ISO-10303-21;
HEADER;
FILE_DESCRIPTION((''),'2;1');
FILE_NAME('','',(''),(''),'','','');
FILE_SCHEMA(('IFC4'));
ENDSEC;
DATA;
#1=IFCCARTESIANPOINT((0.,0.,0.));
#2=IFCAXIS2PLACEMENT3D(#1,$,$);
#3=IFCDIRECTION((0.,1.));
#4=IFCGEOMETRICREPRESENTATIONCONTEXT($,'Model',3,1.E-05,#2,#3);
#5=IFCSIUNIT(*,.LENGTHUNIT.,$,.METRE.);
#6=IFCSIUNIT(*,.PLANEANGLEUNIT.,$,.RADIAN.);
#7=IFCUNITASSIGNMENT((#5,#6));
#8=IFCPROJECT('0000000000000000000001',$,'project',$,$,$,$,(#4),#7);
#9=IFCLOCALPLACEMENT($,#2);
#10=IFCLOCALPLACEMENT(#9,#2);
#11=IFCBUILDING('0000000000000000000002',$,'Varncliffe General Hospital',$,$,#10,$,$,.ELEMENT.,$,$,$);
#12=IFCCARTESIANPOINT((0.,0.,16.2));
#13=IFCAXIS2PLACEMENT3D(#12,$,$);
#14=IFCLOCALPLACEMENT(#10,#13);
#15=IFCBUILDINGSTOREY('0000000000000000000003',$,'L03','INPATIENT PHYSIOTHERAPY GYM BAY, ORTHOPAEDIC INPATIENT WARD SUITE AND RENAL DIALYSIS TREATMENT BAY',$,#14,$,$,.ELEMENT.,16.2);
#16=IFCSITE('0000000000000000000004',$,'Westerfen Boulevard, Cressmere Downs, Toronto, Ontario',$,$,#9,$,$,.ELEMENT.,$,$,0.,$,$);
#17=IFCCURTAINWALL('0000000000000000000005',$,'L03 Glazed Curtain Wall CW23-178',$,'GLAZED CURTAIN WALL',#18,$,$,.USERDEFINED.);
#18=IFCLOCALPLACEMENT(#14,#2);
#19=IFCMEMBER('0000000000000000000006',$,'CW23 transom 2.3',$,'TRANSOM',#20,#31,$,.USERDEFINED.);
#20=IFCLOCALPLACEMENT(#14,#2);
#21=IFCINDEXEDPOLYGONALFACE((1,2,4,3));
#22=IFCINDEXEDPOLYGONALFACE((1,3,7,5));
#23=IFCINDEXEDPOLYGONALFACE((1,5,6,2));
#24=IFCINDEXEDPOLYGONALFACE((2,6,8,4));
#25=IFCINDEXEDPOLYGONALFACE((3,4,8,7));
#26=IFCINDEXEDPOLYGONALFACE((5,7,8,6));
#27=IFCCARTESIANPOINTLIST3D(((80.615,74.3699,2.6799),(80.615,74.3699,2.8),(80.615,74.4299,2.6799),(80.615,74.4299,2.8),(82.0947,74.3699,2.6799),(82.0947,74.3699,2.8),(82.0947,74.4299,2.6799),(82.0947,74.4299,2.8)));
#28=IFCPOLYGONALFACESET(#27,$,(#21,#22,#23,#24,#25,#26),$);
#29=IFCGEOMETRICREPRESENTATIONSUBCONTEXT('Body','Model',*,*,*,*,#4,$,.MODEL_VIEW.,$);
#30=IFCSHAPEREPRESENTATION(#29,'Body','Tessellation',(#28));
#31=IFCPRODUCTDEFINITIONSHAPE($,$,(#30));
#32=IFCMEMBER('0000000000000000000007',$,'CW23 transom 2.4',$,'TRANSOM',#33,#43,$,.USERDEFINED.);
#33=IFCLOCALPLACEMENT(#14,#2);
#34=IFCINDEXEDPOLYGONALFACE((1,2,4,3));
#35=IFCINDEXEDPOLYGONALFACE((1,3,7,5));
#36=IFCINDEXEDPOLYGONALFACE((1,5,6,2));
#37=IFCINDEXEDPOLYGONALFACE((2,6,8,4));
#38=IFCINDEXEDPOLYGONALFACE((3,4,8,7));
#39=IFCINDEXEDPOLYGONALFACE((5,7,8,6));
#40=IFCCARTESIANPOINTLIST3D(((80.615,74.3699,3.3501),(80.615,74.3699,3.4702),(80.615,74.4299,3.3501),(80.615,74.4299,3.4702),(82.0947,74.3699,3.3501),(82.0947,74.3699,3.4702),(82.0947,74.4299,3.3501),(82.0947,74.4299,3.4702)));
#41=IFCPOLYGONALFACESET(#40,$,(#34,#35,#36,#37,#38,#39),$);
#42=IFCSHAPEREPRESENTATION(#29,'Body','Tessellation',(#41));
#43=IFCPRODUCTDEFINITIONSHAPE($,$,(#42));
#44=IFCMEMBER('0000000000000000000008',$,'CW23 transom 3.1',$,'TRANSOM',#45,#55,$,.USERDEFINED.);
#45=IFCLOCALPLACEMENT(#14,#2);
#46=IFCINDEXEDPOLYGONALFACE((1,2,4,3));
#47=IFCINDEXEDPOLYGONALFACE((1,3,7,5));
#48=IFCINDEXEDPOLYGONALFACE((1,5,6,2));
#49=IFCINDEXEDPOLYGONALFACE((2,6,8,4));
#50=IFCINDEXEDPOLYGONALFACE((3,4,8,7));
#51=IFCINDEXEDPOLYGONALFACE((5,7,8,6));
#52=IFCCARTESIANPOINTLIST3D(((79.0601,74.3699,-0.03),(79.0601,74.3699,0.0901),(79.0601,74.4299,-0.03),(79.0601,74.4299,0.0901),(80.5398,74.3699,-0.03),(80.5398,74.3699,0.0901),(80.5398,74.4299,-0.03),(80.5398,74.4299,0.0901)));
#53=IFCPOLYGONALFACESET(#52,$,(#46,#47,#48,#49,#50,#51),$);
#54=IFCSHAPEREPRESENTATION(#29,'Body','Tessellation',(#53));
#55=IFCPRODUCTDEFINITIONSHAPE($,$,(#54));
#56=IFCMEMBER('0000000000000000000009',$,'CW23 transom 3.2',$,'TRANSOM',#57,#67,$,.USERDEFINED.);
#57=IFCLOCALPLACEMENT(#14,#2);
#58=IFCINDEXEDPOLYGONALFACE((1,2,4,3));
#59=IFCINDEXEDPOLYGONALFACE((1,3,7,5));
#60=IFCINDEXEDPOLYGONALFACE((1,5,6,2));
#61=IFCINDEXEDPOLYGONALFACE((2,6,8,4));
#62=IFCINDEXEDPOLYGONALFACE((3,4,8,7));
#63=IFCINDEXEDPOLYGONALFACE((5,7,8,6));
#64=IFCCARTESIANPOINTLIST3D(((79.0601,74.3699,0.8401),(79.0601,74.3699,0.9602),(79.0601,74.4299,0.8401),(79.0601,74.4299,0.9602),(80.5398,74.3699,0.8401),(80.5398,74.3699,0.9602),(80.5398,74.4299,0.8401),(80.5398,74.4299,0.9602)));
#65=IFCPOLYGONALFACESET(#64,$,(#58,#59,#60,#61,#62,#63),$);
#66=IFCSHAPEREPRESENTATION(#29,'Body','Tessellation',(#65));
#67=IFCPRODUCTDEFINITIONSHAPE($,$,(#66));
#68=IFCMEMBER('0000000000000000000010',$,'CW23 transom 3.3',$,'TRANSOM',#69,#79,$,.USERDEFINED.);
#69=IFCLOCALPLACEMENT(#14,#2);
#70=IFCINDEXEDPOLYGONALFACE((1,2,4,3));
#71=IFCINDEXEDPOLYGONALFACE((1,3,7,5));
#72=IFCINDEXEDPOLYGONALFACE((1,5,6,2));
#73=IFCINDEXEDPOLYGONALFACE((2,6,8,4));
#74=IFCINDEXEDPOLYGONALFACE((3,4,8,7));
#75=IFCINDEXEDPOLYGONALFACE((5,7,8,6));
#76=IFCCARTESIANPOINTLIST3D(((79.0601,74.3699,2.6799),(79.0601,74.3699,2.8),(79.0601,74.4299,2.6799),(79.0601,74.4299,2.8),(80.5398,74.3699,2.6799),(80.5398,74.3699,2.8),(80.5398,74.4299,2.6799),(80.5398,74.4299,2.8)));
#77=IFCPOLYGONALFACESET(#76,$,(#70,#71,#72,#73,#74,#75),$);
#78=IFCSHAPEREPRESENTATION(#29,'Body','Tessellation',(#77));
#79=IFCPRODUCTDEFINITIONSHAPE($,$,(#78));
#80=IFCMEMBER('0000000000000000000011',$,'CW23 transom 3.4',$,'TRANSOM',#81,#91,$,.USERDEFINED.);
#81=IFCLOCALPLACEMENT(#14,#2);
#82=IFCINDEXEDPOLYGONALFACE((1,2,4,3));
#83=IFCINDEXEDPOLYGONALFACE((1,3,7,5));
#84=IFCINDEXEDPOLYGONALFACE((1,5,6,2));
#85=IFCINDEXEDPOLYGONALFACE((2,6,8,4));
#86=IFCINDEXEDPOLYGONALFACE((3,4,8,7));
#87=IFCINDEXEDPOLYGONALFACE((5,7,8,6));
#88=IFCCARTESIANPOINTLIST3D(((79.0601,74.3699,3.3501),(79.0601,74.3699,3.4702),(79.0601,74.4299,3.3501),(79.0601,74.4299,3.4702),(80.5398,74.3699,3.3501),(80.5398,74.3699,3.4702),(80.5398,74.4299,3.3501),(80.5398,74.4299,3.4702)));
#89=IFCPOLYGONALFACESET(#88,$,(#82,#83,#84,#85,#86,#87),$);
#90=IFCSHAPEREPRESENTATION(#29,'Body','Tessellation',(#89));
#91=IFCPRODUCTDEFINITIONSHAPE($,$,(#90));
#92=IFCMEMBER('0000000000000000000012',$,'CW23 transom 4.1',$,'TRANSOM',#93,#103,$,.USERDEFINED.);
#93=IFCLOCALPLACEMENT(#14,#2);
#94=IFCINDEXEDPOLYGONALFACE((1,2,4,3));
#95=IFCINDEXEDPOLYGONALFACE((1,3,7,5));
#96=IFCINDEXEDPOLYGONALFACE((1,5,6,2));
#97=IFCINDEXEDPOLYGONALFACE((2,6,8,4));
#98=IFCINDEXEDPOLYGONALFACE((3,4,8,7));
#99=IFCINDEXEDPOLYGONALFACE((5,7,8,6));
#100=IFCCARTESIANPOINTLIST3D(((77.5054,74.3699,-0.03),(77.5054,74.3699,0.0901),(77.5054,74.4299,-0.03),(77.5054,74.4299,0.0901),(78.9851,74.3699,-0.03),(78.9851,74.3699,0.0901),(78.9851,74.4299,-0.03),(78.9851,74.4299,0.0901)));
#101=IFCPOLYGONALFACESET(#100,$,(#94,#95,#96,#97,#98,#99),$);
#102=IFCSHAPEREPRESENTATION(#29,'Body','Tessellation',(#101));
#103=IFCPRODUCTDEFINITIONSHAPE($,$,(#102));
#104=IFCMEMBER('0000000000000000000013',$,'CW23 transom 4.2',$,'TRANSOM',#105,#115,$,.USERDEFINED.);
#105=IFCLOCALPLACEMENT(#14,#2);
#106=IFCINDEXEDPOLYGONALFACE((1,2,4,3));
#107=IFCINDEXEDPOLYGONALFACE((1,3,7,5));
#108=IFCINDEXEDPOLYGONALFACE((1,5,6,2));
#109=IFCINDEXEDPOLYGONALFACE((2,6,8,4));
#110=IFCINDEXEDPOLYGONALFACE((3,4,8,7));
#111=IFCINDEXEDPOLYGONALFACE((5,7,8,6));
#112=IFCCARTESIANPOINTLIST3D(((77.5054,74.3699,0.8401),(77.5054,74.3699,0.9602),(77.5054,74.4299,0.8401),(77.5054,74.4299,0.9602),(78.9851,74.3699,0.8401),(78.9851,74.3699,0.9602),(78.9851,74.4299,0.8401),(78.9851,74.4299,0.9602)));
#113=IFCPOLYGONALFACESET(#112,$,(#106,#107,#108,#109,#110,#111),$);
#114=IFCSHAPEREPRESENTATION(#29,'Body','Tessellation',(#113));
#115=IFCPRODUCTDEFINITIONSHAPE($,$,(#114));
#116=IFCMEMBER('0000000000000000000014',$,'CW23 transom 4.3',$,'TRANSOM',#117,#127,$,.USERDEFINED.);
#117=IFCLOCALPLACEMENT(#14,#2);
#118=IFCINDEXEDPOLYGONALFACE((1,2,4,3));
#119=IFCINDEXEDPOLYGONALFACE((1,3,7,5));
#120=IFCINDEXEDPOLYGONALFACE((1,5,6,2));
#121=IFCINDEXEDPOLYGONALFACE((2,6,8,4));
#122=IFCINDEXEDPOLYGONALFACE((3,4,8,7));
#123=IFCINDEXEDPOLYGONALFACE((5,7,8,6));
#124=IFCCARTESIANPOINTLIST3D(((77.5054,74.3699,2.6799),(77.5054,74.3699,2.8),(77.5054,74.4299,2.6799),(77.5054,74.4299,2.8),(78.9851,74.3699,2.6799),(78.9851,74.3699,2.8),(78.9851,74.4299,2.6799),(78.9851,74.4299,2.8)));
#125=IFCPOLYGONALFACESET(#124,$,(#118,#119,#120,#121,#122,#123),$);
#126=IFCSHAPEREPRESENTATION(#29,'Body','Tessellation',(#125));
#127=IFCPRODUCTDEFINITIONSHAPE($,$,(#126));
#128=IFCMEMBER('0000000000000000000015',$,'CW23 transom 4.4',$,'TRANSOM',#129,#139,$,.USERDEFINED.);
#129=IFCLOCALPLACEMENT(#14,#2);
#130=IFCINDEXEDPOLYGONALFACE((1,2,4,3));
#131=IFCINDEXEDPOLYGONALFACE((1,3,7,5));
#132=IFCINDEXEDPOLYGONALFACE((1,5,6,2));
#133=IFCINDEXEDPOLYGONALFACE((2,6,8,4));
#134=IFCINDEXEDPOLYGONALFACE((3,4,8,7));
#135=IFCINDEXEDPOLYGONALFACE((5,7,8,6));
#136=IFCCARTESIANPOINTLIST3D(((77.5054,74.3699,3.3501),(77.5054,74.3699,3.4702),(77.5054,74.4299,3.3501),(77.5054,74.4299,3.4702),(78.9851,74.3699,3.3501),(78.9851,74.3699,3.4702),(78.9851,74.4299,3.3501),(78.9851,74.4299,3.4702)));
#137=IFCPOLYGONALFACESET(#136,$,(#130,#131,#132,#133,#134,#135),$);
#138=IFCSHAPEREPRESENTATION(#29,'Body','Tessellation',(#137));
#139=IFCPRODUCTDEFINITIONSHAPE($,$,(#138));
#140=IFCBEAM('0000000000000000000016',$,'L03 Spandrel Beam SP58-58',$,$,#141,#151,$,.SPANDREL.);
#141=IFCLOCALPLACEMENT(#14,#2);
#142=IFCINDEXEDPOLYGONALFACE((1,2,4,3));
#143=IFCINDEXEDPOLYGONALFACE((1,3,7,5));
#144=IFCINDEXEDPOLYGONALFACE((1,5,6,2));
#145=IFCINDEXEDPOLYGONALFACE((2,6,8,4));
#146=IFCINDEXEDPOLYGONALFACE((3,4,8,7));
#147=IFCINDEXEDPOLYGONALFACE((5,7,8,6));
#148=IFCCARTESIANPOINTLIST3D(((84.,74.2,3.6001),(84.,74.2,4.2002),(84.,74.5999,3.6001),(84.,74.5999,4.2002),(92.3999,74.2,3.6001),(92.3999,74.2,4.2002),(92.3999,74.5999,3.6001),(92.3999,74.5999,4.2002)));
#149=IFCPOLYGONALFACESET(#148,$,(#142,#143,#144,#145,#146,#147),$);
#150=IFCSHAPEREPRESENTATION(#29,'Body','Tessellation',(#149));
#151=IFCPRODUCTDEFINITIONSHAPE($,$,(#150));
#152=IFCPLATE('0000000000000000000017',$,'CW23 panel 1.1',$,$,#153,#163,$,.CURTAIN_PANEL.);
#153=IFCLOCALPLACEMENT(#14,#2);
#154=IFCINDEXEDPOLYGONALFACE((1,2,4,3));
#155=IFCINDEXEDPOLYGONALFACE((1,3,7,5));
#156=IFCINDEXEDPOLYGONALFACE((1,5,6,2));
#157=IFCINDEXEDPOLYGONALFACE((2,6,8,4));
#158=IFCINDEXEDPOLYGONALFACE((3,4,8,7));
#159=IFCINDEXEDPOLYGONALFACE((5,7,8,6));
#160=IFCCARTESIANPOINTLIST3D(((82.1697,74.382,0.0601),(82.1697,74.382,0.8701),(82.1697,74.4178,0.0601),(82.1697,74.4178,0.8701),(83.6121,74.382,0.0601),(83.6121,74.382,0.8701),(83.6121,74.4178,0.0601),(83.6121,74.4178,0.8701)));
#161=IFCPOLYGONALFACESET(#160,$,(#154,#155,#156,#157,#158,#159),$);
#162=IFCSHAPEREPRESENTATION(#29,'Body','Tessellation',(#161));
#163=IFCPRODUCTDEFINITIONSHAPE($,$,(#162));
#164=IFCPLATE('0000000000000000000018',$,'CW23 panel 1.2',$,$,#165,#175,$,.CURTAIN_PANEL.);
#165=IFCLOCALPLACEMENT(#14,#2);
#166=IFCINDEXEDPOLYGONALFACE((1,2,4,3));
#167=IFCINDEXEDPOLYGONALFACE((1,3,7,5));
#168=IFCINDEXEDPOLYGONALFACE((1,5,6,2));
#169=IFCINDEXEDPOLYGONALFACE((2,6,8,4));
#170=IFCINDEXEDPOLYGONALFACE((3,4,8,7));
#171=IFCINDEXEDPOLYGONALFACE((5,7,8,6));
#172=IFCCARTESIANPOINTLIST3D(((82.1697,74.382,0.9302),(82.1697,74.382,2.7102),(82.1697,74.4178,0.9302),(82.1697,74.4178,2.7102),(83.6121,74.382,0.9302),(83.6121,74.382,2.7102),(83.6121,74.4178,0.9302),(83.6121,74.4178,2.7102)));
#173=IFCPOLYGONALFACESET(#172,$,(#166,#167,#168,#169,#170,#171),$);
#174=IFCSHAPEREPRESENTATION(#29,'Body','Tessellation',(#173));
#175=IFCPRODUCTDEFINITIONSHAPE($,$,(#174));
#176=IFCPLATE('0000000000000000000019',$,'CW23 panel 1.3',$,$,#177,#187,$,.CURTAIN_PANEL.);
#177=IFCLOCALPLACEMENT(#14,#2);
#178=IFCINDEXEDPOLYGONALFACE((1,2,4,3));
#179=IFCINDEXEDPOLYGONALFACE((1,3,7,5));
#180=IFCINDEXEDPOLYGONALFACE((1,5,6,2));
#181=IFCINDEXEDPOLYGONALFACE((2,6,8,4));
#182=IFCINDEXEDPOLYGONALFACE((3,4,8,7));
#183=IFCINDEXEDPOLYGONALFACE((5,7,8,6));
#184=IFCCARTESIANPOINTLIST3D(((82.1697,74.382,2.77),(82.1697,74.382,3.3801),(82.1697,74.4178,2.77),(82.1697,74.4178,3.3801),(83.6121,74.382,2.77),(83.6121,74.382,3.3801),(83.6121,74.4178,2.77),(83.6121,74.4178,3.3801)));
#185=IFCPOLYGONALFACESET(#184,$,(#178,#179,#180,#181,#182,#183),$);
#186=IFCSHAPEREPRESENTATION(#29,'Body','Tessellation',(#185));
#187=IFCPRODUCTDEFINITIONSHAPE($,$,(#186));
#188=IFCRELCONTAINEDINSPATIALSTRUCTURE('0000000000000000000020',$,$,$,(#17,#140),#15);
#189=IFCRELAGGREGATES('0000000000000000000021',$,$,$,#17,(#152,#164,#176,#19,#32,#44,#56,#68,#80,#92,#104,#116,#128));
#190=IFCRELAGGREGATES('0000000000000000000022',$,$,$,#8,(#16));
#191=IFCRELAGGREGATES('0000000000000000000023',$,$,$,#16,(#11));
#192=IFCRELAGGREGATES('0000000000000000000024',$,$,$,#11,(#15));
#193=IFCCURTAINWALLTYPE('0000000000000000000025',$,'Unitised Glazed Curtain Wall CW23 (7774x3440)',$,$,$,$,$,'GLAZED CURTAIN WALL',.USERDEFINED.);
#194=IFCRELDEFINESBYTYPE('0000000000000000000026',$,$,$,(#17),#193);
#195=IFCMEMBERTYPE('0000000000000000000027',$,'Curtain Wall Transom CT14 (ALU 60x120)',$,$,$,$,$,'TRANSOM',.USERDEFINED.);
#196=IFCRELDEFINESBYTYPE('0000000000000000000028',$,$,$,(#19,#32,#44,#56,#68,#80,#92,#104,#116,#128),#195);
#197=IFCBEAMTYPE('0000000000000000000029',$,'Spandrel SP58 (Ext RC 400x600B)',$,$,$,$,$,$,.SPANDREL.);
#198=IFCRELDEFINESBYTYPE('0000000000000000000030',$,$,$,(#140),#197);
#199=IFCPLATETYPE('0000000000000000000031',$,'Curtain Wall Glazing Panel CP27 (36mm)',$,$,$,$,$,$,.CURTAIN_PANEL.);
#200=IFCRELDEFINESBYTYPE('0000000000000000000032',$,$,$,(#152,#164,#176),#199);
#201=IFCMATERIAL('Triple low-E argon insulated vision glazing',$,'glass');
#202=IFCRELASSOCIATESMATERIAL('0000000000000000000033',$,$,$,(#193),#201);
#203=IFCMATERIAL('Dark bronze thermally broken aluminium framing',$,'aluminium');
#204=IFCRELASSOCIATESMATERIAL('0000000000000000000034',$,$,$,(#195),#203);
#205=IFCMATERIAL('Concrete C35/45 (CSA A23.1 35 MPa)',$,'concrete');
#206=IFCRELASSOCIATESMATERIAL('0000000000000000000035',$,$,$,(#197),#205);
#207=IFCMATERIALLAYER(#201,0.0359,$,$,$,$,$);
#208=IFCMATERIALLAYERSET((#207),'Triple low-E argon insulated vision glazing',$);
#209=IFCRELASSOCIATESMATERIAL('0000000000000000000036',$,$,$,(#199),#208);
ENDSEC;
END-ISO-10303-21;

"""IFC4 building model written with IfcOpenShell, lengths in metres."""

from ifc_helpers import new_model, si_unit, direction, frame, origin, origin_2d, place, context, subcontext, project, spatial, rectangle, extrude, material, layer, layer_set, material_profile, profile_set, type_object, element, aggregate, save


model = new_model("IFC4")

# Units and contexts
model_context = context("Model", 3, precision=1e-05, world=origin(), true_north=direction((0.0, 1.0)))
body_context = subcontext(model_context, "Body", "Model", "MODEL_VIEW")
ifc_project = project(units=[si_unit("LENGTHUNIT", "METRE"), si_unit("PLANEANGLEUNIT", "RADIAN")], contexts=[model_context])

# Site, building, storey
site_placement = place(None, origin())
site = spatial("IfcSite", under=ifc_project, at=site_placement, Name="Westerfen Boulevard, Cressmere Downs, Toronto, Ontario", CompositionType="ELEMENT", RefElevation=0.0)
building_placement = place(site_placement, origin())
building = spatial("IfcBuilding", under=site, at=building_placement, Name="Varncliffe General Hospital", CompositionType="ELEMENT")
storey_placement = place(building_placement, frame((0.0, 0.0, 16.2)))
storey = spatial("IfcBuildingStorey", under=building, at=storey_placement, Name="L03", Description="INPATIENT PHYSIOTHERAPY GYM BAY, ORTHOPAEDIC INPATIENT WARD SUITE AND RENAL DIALYSIS TREATMENT BAY", CompositionType="ELEMENT", Elevation=16.2)

# Shared definitions
ifc_material_1 = material(Name="Concrete C35/45 (CSA A23.1 35 MPa)", Category="concrete")

# Curtain wall
ifc_material_2 = material(Name="Triple low-E argon insulated vision glazing", Category="glass")
curtain_wall_type_1 = type_object("IfcCurtainWallType", Name="Unitised Glazed Curtain Wall CW23 (7774x3440)", ElementType="GLAZED CURTAIN WALL", PredefinedType="USERDEFINED", material=ifc_material_2)
curtain_wall_1_placement = place(storey_placement, origin())
curtain_wall_1 = element("IfcCurtainWall", 1, at=curtain_wall_1_placement, inside=storey, type_object=curtain_wall_type_1, Name="L03 Glazed Curtain Wall CW23-178", ObjectType="GLAZED CURTAIN WALL", PredefinedType="USERDEFINED")
ifc_material_3 = material(Name="Dark bronze thermally broken aluminium framing", Category="aluminium")

# Members
ifc_material_profile_1 = material_profile(ifc_material_3, rectangle(XDim=0.0601, YDim=0.1201, at=origin_2d()), Name="ALU 60x120")
ifc_profile_set_1 = profile_set([ifc_material_profile_1], Name="Dark bronze thermally broken aluminium framing")
member_type_1 = type_object("IfcMemberType", Name="Curtain Wall Transom CT14 (ALU 60x120)", ElementType="TRANSOM", PredefinedType="USERDEFINED", material=ifc_profile_set_1)
member_1_placement = place(storey_placement, frame((82.0947, 74.3999, 2.74), z_axis=(-1.0, 0.0, 0.0), x_axis=(0.0, -1.0, 0.0)))
member_1 = element("IfcMember", 2, at=member_1_placement, type_object=member_type_1, Name="CW23 transom 2.3", ObjectType="TRANSOM", PredefinedType="USERDEFINED", context=body_context, shape_type="SweptSolid", body=[
    extrude(rectangle(XDim=0.0601, YDim=0.1201, at=origin_2d()), origin(), (0.0, 0.0, 1.0), 1.4797),
])
member_2_placement = place(storey_placement, frame((82.0947, 74.3999, 3.4102), z_axis=(-1.0, 0.0, 0.0), x_axis=(0.0, -1.0, 0.0)))
member_2 = element("IfcMember", 3, at=member_2_placement, type_object=member_type_1, Name="CW23 transom 2.4", ObjectType="TRANSOM", PredefinedType="USERDEFINED", context=body_context, shape_type="SweptSolid", body=[
    extrude(rectangle(XDim=0.0601, YDim=0.1201, at=origin_2d()), origin(), (0.0, 0.0, 1.0), 1.4797),
])
member_3_placement = place(storey_placement, frame((80.5398, 74.3999, 0.03), z_axis=(-1.0, 0.0, 0.0), x_axis=(0.0, -1.0, 0.0)))
member_3 = element("IfcMember", 4, at=member_3_placement, type_object=member_type_1, Name="CW23 transom 3.1", ObjectType="TRANSOM", PredefinedType="USERDEFINED", context=body_context, shape_type="SweptSolid", body=[
    extrude(rectangle(XDim=0.0601, YDim=0.1201, at=origin_2d()), origin(), (0.0, 0.0, 1.0), 1.4797),
])
member_4_placement = place(storey_placement, frame((80.5398, 74.3999, 0.9001), z_axis=(-1.0, 0.0, 0.0), x_axis=(0.0, -1.0, 0.0)))
member_4 = element("IfcMember", 5, at=member_4_placement, type_object=member_type_1, Name="CW23 transom 3.2", ObjectType="TRANSOM", PredefinedType="USERDEFINED", context=body_context, shape_type="SweptSolid", body=[
    extrude(rectangle(XDim=0.0601, YDim=0.1201, at=origin_2d()), origin(), (0.0, 0.0, 1.0), 1.4797),
])
member_5_placement = place(storey_placement, frame((80.5398, 74.3999, 2.74), z_axis=(-1.0, 0.0, 0.0), x_axis=(0.0, -1.0, 0.0)))
member_5 = element("IfcMember", 6, at=member_5_placement, type_object=member_type_1, Name="CW23 transom 3.3", ObjectType="TRANSOM", PredefinedType="USERDEFINED", context=body_context, shape_type="SweptSolid", body=[
    extrude(rectangle(XDim=0.0601, YDim=0.1201, at=origin_2d()), origin(), (0.0, 0.0, 1.0), 1.4797),
])
member_6_placement = place(storey_placement, frame((80.5398, 74.3999, 3.4102), z_axis=(-1.0, 0.0, 0.0), x_axis=(0.0, -1.0, 0.0)))
member_6 = element("IfcMember", 7, at=member_6_placement, type_object=member_type_1, Name="CW23 transom 3.4", ObjectType="TRANSOM", PredefinedType="USERDEFINED", context=body_context, shape_type="SweptSolid", body=[
    extrude(rectangle(XDim=0.0601, YDim=0.1201, at=origin_2d()), origin(), (0.0, 0.0, 1.0), 1.4797),
])
member_7_placement = place(storey_placement, frame((78.9851, 74.3999, 0.03), z_axis=(-1.0, 0.0, 0.0), x_axis=(0.0, -1.0, 0.0)))
member_7 = element("IfcMember", 8, at=member_7_placement, type_object=member_type_1, Name="CW23 transom 4.1", ObjectType="TRANSOM", PredefinedType="USERDEFINED", context=body_context, shape_type="SweptSolid", body=[
    extrude(rectangle(XDim=0.0601, YDim=0.1201, at=origin_2d()), origin(), (0.0, 0.0, 1.0), 1.4797),
])
member_8_placement = place(storey_placement, frame((78.9851, 74.3999, 0.9001), z_axis=(-1.0, 0.0, 0.0), x_axis=(0.0, -1.0, 0.0)))
member_8 = element("IfcMember", 9, at=member_8_placement, type_object=member_type_1, Name="CW23 transom 4.2", ObjectType="TRANSOM", PredefinedType="USERDEFINED", context=body_context, shape_type="SweptSolid", body=[
    extrude(rectangle(XDim=0.0601, YDim=0.1201, at=origin_2d()), origin(), (0.0, 0.0, 1.0), 1.4797),
])
member_9_placement = place(storey_placement, frame((78.9851, 74.3999, 2.74), z_axis=(-1.0, 0.0, 0.0), x_axis=(0.0, -1.0, 0.0)))
member_9 = element("IfcMember", 10, at=member_9_placement, type_object=member_type_1, Name="CW23 transom 4.3", ObjectType="TRANSOM", PredefinedType="USERDEFINED", context=body_context, shape_type="SweptSolid", body=[
    extrude(rectangle(XDim=0.0601, YDim=0.1201, at=origin_2d()), origin(), (0.0, 0.0, 1.0), 1.4797),
])
member_10_placement = place(storey_placement, frame((78.9851, 74.3999, 3.4102), z_axis=(-1.0, 0.0, 0.0), x_axis=(0.0, -1.0, 0.0)))
member_10 = element("IfcMember", 11, at=member_10_placement, type_object=member_type_1, Name="CW23 transom 4.4", ObjectType="TRANSOM", PredefinedType="USERDEFINED", context=body_context, shape_type="SweptSolid", body=[
    extrude(rectangle(XDim=0.0601, YDim=0.1201, at=origin_2d()), origin(), (0.0, 0.0, 1.0), 1.4797),
])

# Beam
ifc_material_profile_2 = material_profile(ifc_material_1, rectangle(XDim=0.3999, YDim=0.6001, at=origin_2d()), Name="RC 400x600")
ifc_profile_set_2 = profile_set([ifc_material_profile_2], Name="Concrete C35/45 (CSA A23.1 35 MPa)")
beam_type_1 = type_object("IfcBeamType", Name="Spandrel SP58 (Ext RC 400x600B)", PredefinedType="SPANDREL", material=ifc_profile_set_2)
beam_1_placement = place(storey_placement, frame((84.0, 74.3999, 3.9001), z_axis=(1.0, 0.0, 0.0), x_axis=(0.0, 1.0, 0.0)))
element("IfcBeam", 12, at=beam_1_placement, inside=storey, type_object=beam_type_1, Name="L03 Spandrel Beam SP58-58", PredefinedType="SPANDREL", context=body_context, shape_type="SweptSolid", body=[
    extrude(rectangle(XDim=0.3999, YDim=0.6001, at=origin_2d()), origin(), (0.0, 0.0, 1.0), 8.3999),
])

# Plates
ifc_layer_1 = layer(ifc_material_2, 0.0359)
ifc_layer_set_1 = layer_set([ifc_layer_1], Name="Triple low-E argon insulated vision glazing")
plate_type_1 = type_object("IfcPlateType", Name="Curtain Wall Glazing Panel CP27 (36mm)", PredefinedType="CURTAIN_PANEL", material=ifc_layer_set_1)
plate_1_placement = place(storey_placement, frame((82.8909, 74.3999, 0.0601), z_axis=(0.0, 0.0, 1.0), x_axis=(-1.0, 0.0, 0.0)))
plate_1 = element("IfcPlate", 13, at=plate_1_placement, type_object=plate_type_1, Name="CW23 panel 1.1", PredefinedType="CURTAIN_PANEL", context=body_context, shape_type="SweptSolid", body=[
    extrude(rectangle(XDim=1.4424, YDim=0.0359, at=origin_2d()), origin(), (0.0, 0.0, 1.0), 0.8101),
])
plate_2_placement = place(storey_placement, frame((82.8909, 74.3999, 0.9302), z_axis=(0.0, 0.0, 1.0), x_axis=(-1.0, 0.0, 0.0)))
plate_2 = element("IfcPlate", 14, at=plate_2_placement, type_object=plate_type_1, Name="CW23 panel 1.2", PredefinedType="CURTAIN_PANEL", context=body_context, shape_type="SweptSolid", body=[
    extrude(rectangle(XDim=1.4424, YDim=0.0359, at=origin_2d()), origin(), (0.0, 0.0, 1.0), 1.78),
])
plate_3_placement = place(storey_placement, frame((82.8909, 74.3999, 2.77), z_axis=(0.0, 0.0, 1.0), x_axis=(-1.0, 0.0, 0.0)))
plate_3 = element("IfcPlate", 15, at=plate_3_placement, type_object=plate_type_1, Name="CW23 panel 1.3", PredefinedType="CURTAIN_PANEL", context=body_context, shape_type="SweptSolid", body=[
    extrude(rectangle(XDim=1.4424, YDim=0.0359, at=origin_2d()), origin(), (0.0, 0.0, 1.0), 0.6101),
])
aggregate(curtain_wall_1, [plate_1, plate_2, plate_3, member_1, member_2, member_3, member_4, member_5, member_6, member_7, member_8, member_9, member_10])

save(model, "model.ifc")
